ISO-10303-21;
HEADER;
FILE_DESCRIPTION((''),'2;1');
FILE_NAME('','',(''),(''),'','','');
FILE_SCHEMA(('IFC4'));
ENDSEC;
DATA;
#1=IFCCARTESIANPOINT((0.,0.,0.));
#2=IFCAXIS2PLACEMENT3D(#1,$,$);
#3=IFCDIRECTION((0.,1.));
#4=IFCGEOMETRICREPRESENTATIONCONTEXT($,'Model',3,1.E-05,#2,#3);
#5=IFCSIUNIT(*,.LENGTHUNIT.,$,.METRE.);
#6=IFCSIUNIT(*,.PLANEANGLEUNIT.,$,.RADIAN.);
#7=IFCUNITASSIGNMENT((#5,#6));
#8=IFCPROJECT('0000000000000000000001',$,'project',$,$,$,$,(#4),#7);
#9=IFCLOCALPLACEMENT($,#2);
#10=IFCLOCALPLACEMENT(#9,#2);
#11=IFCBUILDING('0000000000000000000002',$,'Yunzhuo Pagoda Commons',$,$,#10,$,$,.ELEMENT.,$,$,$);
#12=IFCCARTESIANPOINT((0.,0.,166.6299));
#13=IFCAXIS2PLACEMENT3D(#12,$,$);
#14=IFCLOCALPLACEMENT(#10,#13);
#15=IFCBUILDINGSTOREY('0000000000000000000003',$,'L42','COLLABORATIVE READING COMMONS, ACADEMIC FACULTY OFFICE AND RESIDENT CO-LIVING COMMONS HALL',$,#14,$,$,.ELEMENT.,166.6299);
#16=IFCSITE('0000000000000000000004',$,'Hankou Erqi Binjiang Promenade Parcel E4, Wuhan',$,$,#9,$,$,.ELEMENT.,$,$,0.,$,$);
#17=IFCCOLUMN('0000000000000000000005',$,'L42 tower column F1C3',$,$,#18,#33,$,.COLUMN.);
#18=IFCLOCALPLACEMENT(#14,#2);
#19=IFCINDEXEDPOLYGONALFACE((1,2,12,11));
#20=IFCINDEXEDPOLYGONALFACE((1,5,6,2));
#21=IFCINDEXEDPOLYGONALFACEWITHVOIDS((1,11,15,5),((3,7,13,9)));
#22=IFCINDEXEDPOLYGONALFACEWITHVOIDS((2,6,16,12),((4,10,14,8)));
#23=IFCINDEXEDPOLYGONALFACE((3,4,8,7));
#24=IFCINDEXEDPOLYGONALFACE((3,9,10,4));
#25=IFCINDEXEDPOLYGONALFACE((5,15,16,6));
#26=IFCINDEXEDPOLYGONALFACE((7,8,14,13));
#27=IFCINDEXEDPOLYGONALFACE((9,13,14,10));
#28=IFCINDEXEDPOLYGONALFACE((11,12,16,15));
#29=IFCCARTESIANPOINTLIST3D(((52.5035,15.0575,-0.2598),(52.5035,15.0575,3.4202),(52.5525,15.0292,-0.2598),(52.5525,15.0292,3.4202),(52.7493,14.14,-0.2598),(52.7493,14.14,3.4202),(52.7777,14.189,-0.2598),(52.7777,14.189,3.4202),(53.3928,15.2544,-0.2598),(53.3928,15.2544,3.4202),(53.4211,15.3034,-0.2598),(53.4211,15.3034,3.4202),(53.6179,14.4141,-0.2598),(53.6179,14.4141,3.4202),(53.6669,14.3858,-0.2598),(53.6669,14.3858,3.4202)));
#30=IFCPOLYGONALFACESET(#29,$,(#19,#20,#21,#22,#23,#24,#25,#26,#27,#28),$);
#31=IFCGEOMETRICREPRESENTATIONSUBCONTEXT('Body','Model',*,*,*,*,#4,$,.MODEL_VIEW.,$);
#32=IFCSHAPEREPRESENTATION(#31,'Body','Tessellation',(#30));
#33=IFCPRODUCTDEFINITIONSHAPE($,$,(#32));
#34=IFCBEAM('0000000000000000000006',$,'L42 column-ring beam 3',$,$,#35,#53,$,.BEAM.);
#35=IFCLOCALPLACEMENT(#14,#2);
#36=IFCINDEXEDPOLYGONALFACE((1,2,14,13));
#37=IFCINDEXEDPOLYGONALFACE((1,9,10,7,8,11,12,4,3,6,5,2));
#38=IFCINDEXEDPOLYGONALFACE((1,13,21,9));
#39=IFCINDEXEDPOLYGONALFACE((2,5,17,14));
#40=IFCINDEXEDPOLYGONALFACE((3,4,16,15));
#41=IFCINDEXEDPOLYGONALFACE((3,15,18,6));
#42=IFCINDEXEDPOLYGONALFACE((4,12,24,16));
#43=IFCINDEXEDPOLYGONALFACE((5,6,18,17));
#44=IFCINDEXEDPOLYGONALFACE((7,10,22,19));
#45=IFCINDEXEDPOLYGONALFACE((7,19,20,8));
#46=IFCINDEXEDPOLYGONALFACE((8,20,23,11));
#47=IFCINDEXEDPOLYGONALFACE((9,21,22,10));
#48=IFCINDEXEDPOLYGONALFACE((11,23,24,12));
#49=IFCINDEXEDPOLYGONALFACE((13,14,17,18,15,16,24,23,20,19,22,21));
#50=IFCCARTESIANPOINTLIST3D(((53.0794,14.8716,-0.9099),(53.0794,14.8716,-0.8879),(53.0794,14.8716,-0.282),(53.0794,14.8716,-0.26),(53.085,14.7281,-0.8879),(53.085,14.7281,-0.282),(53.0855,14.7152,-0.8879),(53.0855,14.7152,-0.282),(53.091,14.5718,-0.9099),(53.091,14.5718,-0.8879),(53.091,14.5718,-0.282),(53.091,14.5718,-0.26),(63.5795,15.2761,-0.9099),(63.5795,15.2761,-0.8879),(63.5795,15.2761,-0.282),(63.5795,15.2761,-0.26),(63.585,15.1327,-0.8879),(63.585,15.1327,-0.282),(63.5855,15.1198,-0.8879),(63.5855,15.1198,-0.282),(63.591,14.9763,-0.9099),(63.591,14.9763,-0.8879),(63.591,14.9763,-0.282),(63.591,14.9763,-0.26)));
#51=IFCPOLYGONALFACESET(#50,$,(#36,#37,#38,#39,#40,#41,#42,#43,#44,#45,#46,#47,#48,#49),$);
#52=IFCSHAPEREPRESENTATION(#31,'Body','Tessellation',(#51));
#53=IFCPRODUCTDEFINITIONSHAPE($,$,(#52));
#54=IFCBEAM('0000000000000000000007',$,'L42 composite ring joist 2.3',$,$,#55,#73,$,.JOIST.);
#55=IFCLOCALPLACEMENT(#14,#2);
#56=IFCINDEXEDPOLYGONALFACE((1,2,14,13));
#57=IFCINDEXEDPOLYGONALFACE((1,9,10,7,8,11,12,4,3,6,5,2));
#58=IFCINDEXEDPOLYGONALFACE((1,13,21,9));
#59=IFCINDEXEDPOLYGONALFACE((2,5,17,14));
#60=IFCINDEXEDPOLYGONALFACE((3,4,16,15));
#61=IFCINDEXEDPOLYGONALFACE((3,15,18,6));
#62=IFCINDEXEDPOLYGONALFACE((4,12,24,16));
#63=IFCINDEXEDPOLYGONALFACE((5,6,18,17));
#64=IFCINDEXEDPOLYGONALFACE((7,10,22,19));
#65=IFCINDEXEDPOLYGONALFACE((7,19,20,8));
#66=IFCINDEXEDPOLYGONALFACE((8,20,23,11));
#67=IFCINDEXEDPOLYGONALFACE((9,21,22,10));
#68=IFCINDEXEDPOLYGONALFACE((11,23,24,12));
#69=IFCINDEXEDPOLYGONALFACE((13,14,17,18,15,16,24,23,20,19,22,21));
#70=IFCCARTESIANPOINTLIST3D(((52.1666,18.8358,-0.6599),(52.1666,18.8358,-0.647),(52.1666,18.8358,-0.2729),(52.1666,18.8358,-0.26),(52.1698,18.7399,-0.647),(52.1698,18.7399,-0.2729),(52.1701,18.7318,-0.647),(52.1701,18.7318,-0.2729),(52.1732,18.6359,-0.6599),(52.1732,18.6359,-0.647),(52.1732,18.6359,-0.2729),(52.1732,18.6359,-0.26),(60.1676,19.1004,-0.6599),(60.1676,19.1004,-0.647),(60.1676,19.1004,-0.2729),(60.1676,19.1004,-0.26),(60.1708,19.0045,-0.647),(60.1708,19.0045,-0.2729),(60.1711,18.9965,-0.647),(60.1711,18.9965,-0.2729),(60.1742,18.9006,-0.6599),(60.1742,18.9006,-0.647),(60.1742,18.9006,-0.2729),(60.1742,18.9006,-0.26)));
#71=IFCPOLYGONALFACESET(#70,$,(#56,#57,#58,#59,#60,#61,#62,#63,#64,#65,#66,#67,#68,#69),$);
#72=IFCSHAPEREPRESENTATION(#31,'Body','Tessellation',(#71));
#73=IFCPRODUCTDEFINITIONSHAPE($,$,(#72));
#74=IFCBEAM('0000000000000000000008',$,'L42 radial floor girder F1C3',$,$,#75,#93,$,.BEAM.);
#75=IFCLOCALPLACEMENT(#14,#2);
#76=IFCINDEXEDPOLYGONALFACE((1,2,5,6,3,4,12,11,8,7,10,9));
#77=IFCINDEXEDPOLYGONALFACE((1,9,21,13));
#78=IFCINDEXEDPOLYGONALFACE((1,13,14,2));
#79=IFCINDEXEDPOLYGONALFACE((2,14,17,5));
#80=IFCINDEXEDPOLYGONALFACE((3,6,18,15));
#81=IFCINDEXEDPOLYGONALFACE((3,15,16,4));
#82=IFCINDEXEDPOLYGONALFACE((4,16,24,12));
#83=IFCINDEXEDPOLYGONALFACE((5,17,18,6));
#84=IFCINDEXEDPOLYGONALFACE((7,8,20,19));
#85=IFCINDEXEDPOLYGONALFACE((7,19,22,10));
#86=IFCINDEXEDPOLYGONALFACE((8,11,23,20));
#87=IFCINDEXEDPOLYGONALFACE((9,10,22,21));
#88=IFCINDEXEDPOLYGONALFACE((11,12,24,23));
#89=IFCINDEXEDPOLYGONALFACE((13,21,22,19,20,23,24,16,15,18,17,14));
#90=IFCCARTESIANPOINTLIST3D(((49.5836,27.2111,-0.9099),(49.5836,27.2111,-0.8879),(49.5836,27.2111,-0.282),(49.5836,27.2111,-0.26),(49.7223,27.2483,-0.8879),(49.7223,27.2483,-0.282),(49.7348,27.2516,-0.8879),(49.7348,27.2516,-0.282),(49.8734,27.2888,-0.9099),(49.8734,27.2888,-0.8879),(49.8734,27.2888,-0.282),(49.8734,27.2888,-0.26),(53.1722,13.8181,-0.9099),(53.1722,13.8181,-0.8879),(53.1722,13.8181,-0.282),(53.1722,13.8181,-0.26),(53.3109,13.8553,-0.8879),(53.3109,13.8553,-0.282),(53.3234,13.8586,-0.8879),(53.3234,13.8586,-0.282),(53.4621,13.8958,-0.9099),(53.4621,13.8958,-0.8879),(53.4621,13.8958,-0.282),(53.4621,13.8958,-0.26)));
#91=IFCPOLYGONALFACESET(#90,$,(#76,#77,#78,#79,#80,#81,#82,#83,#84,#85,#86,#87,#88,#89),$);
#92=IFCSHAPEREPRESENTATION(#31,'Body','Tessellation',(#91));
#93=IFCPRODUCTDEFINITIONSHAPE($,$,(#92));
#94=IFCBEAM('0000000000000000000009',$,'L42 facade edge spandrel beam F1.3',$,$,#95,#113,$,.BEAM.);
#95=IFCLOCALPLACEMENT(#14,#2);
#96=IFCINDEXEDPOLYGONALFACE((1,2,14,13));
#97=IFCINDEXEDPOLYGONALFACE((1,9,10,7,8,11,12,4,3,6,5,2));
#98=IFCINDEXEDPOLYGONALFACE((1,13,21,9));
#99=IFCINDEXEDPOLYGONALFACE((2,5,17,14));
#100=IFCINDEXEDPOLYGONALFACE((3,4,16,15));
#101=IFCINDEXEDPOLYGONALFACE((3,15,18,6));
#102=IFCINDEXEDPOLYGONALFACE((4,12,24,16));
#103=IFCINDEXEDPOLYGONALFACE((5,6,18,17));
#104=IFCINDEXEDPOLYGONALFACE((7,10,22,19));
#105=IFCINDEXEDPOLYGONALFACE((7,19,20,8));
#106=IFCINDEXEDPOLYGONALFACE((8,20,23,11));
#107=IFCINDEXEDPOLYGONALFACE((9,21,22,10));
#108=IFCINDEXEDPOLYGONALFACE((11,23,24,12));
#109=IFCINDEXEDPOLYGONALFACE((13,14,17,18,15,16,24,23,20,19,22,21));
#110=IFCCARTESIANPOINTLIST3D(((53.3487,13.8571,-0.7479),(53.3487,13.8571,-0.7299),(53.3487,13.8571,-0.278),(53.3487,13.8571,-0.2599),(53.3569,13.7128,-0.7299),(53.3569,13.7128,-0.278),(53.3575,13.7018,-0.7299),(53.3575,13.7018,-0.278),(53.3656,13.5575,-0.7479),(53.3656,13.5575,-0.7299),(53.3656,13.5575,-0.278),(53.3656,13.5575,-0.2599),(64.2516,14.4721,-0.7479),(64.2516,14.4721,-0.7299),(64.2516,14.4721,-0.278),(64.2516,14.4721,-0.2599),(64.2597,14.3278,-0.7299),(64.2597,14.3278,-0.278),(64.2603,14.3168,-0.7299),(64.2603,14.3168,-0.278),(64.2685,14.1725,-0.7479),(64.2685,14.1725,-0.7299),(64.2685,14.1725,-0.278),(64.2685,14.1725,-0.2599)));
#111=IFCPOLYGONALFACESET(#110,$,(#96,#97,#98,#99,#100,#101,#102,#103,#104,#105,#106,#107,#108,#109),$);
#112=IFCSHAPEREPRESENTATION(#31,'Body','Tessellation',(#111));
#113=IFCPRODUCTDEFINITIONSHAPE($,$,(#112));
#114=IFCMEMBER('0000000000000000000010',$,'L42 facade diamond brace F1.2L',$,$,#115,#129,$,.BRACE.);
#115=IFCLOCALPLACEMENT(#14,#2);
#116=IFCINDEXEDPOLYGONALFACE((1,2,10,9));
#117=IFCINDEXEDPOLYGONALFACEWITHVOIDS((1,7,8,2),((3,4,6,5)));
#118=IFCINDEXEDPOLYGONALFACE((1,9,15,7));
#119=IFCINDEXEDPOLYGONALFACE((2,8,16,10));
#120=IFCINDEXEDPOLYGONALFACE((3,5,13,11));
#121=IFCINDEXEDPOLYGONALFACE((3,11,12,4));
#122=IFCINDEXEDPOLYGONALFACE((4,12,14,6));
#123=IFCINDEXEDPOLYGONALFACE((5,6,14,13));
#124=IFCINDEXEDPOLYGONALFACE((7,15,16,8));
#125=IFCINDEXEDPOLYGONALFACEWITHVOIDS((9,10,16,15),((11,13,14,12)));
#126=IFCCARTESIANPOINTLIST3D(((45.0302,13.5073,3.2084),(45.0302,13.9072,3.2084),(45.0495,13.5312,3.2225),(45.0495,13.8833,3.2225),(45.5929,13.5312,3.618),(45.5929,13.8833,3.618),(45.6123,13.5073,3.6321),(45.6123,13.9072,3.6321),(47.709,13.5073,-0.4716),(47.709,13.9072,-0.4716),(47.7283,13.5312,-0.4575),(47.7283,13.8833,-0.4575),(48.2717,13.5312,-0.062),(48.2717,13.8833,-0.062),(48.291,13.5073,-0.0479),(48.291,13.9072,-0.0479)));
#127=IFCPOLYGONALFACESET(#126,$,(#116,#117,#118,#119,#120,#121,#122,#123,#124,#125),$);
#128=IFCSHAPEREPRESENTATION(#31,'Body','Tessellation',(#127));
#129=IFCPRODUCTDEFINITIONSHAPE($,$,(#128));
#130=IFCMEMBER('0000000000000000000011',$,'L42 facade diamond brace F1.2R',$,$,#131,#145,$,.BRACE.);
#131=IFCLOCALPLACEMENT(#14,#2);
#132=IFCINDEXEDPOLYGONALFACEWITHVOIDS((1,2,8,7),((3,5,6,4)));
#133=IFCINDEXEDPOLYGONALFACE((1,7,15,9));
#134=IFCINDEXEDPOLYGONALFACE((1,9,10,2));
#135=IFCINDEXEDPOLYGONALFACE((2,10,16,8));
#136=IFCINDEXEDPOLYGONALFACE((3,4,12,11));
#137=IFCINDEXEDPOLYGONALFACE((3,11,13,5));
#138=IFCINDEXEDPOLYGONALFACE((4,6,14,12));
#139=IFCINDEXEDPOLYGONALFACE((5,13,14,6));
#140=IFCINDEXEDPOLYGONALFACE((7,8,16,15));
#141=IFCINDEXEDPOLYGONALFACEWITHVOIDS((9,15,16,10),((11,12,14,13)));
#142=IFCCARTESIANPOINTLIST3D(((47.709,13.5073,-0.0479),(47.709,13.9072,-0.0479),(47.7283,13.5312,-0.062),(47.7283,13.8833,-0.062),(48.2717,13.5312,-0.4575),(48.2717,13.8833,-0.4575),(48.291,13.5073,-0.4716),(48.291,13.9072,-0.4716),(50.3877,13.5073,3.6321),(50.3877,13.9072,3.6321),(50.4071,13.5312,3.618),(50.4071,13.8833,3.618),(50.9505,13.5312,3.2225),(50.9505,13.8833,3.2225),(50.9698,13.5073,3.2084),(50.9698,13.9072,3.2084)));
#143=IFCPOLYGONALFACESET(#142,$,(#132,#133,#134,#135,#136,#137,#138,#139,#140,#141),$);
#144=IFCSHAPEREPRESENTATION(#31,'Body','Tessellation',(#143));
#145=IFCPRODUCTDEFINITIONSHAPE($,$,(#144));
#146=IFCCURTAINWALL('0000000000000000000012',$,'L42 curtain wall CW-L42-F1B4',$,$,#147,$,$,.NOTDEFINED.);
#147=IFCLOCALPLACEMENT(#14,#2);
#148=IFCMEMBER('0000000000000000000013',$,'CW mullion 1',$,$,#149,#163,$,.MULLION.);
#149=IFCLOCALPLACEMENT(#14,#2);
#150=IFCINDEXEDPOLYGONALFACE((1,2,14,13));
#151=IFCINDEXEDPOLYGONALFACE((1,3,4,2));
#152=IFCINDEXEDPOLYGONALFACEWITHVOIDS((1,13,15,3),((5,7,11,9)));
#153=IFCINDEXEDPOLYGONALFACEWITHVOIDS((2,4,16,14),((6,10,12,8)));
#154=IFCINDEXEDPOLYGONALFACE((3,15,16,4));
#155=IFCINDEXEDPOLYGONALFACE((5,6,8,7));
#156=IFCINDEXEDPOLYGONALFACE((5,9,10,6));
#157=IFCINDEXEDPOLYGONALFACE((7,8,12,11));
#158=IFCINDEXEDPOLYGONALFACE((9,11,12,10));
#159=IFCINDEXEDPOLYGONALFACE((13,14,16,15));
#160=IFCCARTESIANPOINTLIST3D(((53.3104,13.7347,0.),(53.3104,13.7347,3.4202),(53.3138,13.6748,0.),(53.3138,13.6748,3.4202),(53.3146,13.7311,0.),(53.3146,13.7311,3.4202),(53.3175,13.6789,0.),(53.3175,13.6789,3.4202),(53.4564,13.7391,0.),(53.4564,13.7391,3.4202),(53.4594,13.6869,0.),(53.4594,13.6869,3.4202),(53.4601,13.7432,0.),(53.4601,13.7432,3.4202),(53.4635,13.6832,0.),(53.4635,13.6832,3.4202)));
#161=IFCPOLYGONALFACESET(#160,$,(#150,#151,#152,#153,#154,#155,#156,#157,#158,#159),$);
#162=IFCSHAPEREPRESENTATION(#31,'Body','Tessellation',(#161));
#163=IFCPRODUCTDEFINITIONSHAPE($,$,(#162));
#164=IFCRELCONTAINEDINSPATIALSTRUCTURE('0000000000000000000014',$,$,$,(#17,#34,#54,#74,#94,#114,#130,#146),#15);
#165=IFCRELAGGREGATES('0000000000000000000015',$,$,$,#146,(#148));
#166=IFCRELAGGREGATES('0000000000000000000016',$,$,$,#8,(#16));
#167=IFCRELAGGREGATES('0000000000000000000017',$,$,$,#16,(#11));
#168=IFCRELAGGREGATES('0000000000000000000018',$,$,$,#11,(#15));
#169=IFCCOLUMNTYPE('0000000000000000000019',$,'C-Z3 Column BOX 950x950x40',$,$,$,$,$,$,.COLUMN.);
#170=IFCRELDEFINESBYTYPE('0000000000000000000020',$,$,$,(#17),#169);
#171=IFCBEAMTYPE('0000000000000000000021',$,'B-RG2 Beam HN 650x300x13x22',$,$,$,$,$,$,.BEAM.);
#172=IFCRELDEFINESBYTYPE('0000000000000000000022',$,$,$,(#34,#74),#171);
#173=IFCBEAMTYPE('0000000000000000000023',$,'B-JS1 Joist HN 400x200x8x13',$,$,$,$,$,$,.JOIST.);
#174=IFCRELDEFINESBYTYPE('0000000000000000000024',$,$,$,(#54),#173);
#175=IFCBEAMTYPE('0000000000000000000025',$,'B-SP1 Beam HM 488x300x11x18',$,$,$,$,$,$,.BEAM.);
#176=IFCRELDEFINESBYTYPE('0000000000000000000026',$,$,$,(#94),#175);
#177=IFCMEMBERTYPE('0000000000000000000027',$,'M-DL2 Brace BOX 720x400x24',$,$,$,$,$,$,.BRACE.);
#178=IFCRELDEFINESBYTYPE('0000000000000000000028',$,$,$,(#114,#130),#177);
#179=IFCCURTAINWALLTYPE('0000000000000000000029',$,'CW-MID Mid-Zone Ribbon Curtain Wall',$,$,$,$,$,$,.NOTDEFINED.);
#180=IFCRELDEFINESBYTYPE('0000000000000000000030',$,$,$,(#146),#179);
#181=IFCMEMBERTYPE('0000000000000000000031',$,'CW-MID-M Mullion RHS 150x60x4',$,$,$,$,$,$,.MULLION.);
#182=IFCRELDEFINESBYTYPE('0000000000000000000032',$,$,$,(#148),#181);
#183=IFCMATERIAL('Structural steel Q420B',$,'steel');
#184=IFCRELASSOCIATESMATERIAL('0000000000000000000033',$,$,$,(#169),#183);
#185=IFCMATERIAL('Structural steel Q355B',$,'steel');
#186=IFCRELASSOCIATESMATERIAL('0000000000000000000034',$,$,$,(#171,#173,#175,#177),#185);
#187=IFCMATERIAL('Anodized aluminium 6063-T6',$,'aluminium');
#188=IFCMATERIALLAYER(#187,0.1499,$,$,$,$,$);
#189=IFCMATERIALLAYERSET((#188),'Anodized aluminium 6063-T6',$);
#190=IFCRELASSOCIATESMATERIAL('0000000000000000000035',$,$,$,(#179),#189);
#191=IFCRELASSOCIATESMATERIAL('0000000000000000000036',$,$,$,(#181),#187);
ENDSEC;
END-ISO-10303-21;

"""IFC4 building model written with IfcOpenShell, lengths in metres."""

from ifc_helpers import new_model, si_unit, direction, frame, origin, origin_2d, place, context, subcontext, project, spatial, hollow_rectangle, i_section, extrude, source, transform, mapped, material, layer, layer_set, material_profile, profile_set, type_object, element, aggregate, save


model = new_model("IFC4")

# Units and contexts
model_context = context("Model", 3, precision=1e-05, world=origin(), true_north=direction((0.0, 1.0)))
body_context = subcontext(model_context, "Body", "Model", "MODEL_VIEW")
ifc_project = project(units=[si_unit("LENGTHUNIT", "METRE"), si_unit("PLANEANGLEUNIT", "RADIAN")], contexts=[model_context])

# Site, building, storey
site_placement = place(None, origin())
site = spatial("IfcSite", under=ifc_project, at=site_placement, Name="Hankou Erqi Binjiang Promenade Parcel E4, Wuhan", CompositionType="ELEMENT", RefElevation=0.0)
building_placement = place(site_placement, origin())
building = spatial("IfcBuilding", under=site, at=building_placement, Name="Yunzhuo Pagoda Commons", CompositionType="ELEMENT")
storey_placement = place(building_placement, frame((0.0, 0.0, 166.6299)))
storey = spatial("IfcBuildingStorey", under=building, at=storey_placement, Name="L42", Description="COLLABORATIVE READING COMMONS, ACADEMIC FACULTY OFFICE AND RESIDENT CO-LIVING COMMONS HALL", CompositionType="ELEMENT", Elevation=166.6299)

# Column
ifc_material_1 = material(Name="Structural steel Q420B", Category="steel")
ifc_material_profile_1 = material_profile(ifc_material_1, hollow_rectangle(XDim=0.95, YDim=0.95, WallThickness=0.04, at=origin_2d()), Name="Structural steel Q420B")
ifc_profile_set_1 = profile_set([ifc_material_profile_1], Name="Structural steel Q420B")
column_type = type_object("IfcColumnType", Name="C-Z3 Column BOX 950x950x40", PredefinedType="COLUMN", material=ifc_profile_set_1)
shared_shape_1 = source(origin(), body_context, "Body", "SweptSolid", [
    extrude(hollow_rectangle(XDim=0.95, YDim=0.95, WallThickness=0.04, at=origin_2d()), origin(), (0.0, 0.0, 1.0), 3.6799),
])
column_placement = place(storey_placement, frame((53.0852, 14.7217, -0.2598), z_axis=(0.0, 0.0, 1.0), x_axis=(0.965926, 0.258819, 0.0)))
element("IfcColumn", 1, at=column_placement, inside=storey, type_object=column_type, Name="L42 tower column F1C3", PredefinedType="COLUMN", context=body_context, shape_type="MappedRepresentation", body=[
    mapped(shared_shape_1, transform((0.0, 0.0, 0.0), scale=1.0)),
])

# Beams
ifc_material_2 = material(Name="Structural steel Q355B", Category="steel")
ifc_material_profile_2 = material_profile(ifc_material_2, i_section(OverallWidth=0.3, OverallDepth=0.6499, WebThickness=0.0129, FlangeThickness=0.022, at=origin_2d()), Name="Structural steel Q355B")
ifc_profile_set_2 = profile_set([ifc_material_profile_2], Name="Structural steel Q355B")
beam_type_1 = type_object("IfcBeamType", Name="B-RG2 Beam HN 650x300x13x22", PredefinedType="BEAM", material=ifc_profile_set_2)
shared_shape_2 = source(origin(), body_context, "Body", "SweptSolid", [
    extrude(i_section(OverallWidth=0.3, OverallDepth=0.6499, WebThickness=0.0129, FlangeThickness=0.022, at=origin_2d()), origin(), (0.0, 0.0, 1.0), 10.5078),
])
beam_1_placement = place(storey_placement, frame((53.0852, 14.7217, -0.585), z_axis=(0.999259, 0.038499, 0.0), x_axis=(-0.038499, 0.999259, 0.0)))
element("IfcBeam", 2, at=beam_1_placement, inside=storey, type_object=beam_type_1, Name="L42 column-ring beam 3", PredefinedType="BEAM", context=body_context, shape_type="MappedRepresentation", body=[
    mapped(shared_shape_2, transform((0.0, 0.0, 0.0), scale=1.0)),
])
ifc_material_profile_3 = material_profile(ifc_material_2, i_section(OverallWidth=0.2, OverallDepth=0.3999, WebThickness=0.0081, FlangeThickness=0.0129, at=origin_2d()), Name="Structural steel Q355B")
ifc_profile_set_3 = profile_set([ifc_material_profile_3], Name="Structural steel Q355B")
beam_type_2 = type_object("IfcBeamType", Name="B-JS1 Joist HN 400x200x8x13", PredefinedType="JOIST", material=ifc_profile_set_3)
shared_shape_3 = source(origin(), body_context, "Body", "SweptSolid", [
    extrude(i_section(OverallWidth=0.2, OverallDepth=0.3999, WebThickness=0.0081, FlangeThickness=0.0129, at=origin_2d()), origin(), (0.0, 0.0, 1.0), 8.0054),
])
beam_2_placement = place(storey_placement, frame((52.1699, 18.7358, -0.46), z_axis=(0.999453, 0.033059, 0.0), x_axis=(-0.033059, 0.999453, 0.0)))
element("IfcBeam", 3, at=beam_2_placement, inside=storey, type_object=beam_type_2, Name="L42 composite ring joist 2.3", PredefinedType="JOIST", context=body_context, shape_type="MappedRepresentation", body=[
    mapped(shared_shape_3, transform((0.0, 0.0, 0.0), scale=1.0)),
])
shared_shape_4 = source(origin(), body_context, "Body", "SweptSolid", [
    extrude(i_section(OverallWidth=0.3, OverallDepth=0.6499, WebThickness=0.0129, FlangeThickness=0.022, at=origin_2d()), origin(), (0.0, 0.0, 1.0), 13.8655),
])
beam_3_placement = place(storey_placement, frame((53.3171, 13.8569, -0.585), z_axis=(-0.258816, 0.965927, 0.0), x_axis=(-0.965927, -0.258816, 0.0)))
element("IfcBeam", 4, at=beam_3_placement, inside=storey, type_object=beam_type_1, Name="L42 radial floor girder F1C3", PredefinedType="BEAM", context=body_context, shape_type="MappedRepresentation", body=[
    mapped(shared_shape_4, transform((0.0, 0.0, 0.0), scale=1.0)),
])
ifc_material_profile_4 = material_profile(ifc_material_2, i_section(OverallWidth=0.3, OverallDepth=0.488, WebThickness=0.011, FlangeThickness=0.0181, at=origin_2d()), Name="Structural steel Q355B")
ifc_profile_set_4 = profile_set([ifc_material_profile_4], Name="Structural steel Q355B")
beam_type_3 = type_object("IfcBeamType", Name="B-SP1 Beam HM 488x300x11x18", PredefinedType="BEAM", material=ifc_profile_set_4)
shared_shape_5 = source(origin(), body_context, "Body", "SweptSolid", [
    extrude(i_section(OverallWidth=0.3, OverallDepth=0.488, WebThickness=0.011, FlangeThickness=0.0181, at=origin_2d()), origin(), (0.0, 0.0, 1.0), 10.9202),
])
beam_4_placement = place(storey_placement, frame((53.3572, 13.7073, -0.5039), z_axis=(0.998413, 0.056317, 0.0), x_axis=(-0.056317, 0.998413, 0.0)))
element("IfcBeam", 5, at=beam_4_placement, inside=storey, type_object=beam_type_3, Name="L42 facade edge spandrel beam F1.3", PredefinedType="BEAM", context=body_context, shape_type="MappedRepresentation", body=[
    mapped(shared_shape_5, transform((0.0, 0.0, 0.0), scale=1.0)),
])

# Members
ifc_material_profile_5 = material_profile(ifc_material_2, hollow_rectangle(XDim=0.3999, YDim=0.72, WallThickness=0.0239, at=origin_2d()), Name="Structural steel Q355B")
ifc_profile_set_5 = profile_set([ifc_material_profile_5], Name="Structural steel Q355B")
member_type_1 = type_object("IfcMemberType", Name="M-DL2 Brace BOX 720x400x24", PredefinedType="BRACE", material=ifc_profile_set_5)
shared_shape_6 = source(origin(), body_context, "Body", "SweptSolid", [
    extrude(hollow_rectangle(XDim=0.3999, YDim=0.72, WallThickness=0.0239, at=origin_2d()), origin(), (0.0, 0.0, 1.0), 4.5518),
])
for number, where, z_axis, x_axis, name in (
    (6, (48.0, 13.7073, -0.2598), (-0.588516, 0.0, 0.808486), (0.0, -1.0, 0.0), "L42 facade diamond brace F1.2L"),
    (7, (48.0, 13.7073, -0.2598), (0.588516, 0.0, 0.808486), (0.0, 1.0, 0.0), "L42 facade diamond brace F1.2R"),
):
    element("IfcMember", number, at=place(storey_placement, frame(where, z_axis=z_axis, x_axis=x_axis)), inside=storey, type_object=member_type_1, Name=name, PredefinedType="BRACE", context=body_context, shape_type="MappedRepresentation", body=[
        mapped(shared_shape_6, transform((0.0, 0.0, 0.0), scale=1.0)),
    ])

# Curtain wall, member
ifc_material_3 = material(Name="Anodized aluminium 6063-T6", Category="aluminium")
ifc_layer_1 = layer(ifc_material_3, 0.1499)
ifc_layer_set_1 = layer_set([ifc_layer_1], Name="Anodized aluminium 6063-T6")
curtain_wall_type = type_object("IfcCurtainWallType", Name="CW-MID Mid-Zone Ribbon Curtain Wall", PredefinedType="NOTDEFINED", material=ifc_layer_set_1)
curtain_wall_1_placement = place(storey_placement, origin())
curtain_wall_1 = element("IfcCurtainWall", 8, at=curtain_wall_1_placement, inside=storey, type_object=curtain_wall_type, Name="L42 curtain wall CW-L42-F1B4", PredefinedType="NOTDEFINED")
ifc_material_profile_6 = material_profile(ifc_material_3, hollow_rectangle(XDim=0.0601, YDim=0.1499, WallThickness=0.0039, at=origin_2d()), Name="Anodized aluminium 6063-T6")
ifc_profile_set_6 = profile_set([ifc_material_profile_6], Name="Anodized aluminium 6063-T6")
member_type_2 = type_object("IfcMemberType", Name="CW-MID-M Mullion RHS 150x60x4", PredefinedType="MULLION", material=ifc_profile_set_6)
shared_shape_7 = source(origin(), body_context, "Body", "SweptSolid", [
    extrude(hollow_rectangle(XDim=0.0601, YDim=0.1499, WallThickness=0.0039, at=origin_2d()), origin(), (0.0, 0.0, 1.0), 3.4202),
])
member_1_placement = place(storey_placement, frame((53.387, 13.709, 0.0), z_axis=(0.0, 0.0, 1.0), x_axis=(-0.056299, 0.998414, 0.0)))
member_1 = element("IfcMember", 9, at=member_1_placement, type_object=member_type_2, Name="CW mullion 1", PredefinedType="MULLION", context=body_context, shape_type="MappedRepresentation", body=[
    mapped(shared_shape_7, transform((0.0, 0.0, 0.0), scale=1.0)),
])

aggregate(curtain_wall_1, [member_1])

save(model, "model.ifc")
